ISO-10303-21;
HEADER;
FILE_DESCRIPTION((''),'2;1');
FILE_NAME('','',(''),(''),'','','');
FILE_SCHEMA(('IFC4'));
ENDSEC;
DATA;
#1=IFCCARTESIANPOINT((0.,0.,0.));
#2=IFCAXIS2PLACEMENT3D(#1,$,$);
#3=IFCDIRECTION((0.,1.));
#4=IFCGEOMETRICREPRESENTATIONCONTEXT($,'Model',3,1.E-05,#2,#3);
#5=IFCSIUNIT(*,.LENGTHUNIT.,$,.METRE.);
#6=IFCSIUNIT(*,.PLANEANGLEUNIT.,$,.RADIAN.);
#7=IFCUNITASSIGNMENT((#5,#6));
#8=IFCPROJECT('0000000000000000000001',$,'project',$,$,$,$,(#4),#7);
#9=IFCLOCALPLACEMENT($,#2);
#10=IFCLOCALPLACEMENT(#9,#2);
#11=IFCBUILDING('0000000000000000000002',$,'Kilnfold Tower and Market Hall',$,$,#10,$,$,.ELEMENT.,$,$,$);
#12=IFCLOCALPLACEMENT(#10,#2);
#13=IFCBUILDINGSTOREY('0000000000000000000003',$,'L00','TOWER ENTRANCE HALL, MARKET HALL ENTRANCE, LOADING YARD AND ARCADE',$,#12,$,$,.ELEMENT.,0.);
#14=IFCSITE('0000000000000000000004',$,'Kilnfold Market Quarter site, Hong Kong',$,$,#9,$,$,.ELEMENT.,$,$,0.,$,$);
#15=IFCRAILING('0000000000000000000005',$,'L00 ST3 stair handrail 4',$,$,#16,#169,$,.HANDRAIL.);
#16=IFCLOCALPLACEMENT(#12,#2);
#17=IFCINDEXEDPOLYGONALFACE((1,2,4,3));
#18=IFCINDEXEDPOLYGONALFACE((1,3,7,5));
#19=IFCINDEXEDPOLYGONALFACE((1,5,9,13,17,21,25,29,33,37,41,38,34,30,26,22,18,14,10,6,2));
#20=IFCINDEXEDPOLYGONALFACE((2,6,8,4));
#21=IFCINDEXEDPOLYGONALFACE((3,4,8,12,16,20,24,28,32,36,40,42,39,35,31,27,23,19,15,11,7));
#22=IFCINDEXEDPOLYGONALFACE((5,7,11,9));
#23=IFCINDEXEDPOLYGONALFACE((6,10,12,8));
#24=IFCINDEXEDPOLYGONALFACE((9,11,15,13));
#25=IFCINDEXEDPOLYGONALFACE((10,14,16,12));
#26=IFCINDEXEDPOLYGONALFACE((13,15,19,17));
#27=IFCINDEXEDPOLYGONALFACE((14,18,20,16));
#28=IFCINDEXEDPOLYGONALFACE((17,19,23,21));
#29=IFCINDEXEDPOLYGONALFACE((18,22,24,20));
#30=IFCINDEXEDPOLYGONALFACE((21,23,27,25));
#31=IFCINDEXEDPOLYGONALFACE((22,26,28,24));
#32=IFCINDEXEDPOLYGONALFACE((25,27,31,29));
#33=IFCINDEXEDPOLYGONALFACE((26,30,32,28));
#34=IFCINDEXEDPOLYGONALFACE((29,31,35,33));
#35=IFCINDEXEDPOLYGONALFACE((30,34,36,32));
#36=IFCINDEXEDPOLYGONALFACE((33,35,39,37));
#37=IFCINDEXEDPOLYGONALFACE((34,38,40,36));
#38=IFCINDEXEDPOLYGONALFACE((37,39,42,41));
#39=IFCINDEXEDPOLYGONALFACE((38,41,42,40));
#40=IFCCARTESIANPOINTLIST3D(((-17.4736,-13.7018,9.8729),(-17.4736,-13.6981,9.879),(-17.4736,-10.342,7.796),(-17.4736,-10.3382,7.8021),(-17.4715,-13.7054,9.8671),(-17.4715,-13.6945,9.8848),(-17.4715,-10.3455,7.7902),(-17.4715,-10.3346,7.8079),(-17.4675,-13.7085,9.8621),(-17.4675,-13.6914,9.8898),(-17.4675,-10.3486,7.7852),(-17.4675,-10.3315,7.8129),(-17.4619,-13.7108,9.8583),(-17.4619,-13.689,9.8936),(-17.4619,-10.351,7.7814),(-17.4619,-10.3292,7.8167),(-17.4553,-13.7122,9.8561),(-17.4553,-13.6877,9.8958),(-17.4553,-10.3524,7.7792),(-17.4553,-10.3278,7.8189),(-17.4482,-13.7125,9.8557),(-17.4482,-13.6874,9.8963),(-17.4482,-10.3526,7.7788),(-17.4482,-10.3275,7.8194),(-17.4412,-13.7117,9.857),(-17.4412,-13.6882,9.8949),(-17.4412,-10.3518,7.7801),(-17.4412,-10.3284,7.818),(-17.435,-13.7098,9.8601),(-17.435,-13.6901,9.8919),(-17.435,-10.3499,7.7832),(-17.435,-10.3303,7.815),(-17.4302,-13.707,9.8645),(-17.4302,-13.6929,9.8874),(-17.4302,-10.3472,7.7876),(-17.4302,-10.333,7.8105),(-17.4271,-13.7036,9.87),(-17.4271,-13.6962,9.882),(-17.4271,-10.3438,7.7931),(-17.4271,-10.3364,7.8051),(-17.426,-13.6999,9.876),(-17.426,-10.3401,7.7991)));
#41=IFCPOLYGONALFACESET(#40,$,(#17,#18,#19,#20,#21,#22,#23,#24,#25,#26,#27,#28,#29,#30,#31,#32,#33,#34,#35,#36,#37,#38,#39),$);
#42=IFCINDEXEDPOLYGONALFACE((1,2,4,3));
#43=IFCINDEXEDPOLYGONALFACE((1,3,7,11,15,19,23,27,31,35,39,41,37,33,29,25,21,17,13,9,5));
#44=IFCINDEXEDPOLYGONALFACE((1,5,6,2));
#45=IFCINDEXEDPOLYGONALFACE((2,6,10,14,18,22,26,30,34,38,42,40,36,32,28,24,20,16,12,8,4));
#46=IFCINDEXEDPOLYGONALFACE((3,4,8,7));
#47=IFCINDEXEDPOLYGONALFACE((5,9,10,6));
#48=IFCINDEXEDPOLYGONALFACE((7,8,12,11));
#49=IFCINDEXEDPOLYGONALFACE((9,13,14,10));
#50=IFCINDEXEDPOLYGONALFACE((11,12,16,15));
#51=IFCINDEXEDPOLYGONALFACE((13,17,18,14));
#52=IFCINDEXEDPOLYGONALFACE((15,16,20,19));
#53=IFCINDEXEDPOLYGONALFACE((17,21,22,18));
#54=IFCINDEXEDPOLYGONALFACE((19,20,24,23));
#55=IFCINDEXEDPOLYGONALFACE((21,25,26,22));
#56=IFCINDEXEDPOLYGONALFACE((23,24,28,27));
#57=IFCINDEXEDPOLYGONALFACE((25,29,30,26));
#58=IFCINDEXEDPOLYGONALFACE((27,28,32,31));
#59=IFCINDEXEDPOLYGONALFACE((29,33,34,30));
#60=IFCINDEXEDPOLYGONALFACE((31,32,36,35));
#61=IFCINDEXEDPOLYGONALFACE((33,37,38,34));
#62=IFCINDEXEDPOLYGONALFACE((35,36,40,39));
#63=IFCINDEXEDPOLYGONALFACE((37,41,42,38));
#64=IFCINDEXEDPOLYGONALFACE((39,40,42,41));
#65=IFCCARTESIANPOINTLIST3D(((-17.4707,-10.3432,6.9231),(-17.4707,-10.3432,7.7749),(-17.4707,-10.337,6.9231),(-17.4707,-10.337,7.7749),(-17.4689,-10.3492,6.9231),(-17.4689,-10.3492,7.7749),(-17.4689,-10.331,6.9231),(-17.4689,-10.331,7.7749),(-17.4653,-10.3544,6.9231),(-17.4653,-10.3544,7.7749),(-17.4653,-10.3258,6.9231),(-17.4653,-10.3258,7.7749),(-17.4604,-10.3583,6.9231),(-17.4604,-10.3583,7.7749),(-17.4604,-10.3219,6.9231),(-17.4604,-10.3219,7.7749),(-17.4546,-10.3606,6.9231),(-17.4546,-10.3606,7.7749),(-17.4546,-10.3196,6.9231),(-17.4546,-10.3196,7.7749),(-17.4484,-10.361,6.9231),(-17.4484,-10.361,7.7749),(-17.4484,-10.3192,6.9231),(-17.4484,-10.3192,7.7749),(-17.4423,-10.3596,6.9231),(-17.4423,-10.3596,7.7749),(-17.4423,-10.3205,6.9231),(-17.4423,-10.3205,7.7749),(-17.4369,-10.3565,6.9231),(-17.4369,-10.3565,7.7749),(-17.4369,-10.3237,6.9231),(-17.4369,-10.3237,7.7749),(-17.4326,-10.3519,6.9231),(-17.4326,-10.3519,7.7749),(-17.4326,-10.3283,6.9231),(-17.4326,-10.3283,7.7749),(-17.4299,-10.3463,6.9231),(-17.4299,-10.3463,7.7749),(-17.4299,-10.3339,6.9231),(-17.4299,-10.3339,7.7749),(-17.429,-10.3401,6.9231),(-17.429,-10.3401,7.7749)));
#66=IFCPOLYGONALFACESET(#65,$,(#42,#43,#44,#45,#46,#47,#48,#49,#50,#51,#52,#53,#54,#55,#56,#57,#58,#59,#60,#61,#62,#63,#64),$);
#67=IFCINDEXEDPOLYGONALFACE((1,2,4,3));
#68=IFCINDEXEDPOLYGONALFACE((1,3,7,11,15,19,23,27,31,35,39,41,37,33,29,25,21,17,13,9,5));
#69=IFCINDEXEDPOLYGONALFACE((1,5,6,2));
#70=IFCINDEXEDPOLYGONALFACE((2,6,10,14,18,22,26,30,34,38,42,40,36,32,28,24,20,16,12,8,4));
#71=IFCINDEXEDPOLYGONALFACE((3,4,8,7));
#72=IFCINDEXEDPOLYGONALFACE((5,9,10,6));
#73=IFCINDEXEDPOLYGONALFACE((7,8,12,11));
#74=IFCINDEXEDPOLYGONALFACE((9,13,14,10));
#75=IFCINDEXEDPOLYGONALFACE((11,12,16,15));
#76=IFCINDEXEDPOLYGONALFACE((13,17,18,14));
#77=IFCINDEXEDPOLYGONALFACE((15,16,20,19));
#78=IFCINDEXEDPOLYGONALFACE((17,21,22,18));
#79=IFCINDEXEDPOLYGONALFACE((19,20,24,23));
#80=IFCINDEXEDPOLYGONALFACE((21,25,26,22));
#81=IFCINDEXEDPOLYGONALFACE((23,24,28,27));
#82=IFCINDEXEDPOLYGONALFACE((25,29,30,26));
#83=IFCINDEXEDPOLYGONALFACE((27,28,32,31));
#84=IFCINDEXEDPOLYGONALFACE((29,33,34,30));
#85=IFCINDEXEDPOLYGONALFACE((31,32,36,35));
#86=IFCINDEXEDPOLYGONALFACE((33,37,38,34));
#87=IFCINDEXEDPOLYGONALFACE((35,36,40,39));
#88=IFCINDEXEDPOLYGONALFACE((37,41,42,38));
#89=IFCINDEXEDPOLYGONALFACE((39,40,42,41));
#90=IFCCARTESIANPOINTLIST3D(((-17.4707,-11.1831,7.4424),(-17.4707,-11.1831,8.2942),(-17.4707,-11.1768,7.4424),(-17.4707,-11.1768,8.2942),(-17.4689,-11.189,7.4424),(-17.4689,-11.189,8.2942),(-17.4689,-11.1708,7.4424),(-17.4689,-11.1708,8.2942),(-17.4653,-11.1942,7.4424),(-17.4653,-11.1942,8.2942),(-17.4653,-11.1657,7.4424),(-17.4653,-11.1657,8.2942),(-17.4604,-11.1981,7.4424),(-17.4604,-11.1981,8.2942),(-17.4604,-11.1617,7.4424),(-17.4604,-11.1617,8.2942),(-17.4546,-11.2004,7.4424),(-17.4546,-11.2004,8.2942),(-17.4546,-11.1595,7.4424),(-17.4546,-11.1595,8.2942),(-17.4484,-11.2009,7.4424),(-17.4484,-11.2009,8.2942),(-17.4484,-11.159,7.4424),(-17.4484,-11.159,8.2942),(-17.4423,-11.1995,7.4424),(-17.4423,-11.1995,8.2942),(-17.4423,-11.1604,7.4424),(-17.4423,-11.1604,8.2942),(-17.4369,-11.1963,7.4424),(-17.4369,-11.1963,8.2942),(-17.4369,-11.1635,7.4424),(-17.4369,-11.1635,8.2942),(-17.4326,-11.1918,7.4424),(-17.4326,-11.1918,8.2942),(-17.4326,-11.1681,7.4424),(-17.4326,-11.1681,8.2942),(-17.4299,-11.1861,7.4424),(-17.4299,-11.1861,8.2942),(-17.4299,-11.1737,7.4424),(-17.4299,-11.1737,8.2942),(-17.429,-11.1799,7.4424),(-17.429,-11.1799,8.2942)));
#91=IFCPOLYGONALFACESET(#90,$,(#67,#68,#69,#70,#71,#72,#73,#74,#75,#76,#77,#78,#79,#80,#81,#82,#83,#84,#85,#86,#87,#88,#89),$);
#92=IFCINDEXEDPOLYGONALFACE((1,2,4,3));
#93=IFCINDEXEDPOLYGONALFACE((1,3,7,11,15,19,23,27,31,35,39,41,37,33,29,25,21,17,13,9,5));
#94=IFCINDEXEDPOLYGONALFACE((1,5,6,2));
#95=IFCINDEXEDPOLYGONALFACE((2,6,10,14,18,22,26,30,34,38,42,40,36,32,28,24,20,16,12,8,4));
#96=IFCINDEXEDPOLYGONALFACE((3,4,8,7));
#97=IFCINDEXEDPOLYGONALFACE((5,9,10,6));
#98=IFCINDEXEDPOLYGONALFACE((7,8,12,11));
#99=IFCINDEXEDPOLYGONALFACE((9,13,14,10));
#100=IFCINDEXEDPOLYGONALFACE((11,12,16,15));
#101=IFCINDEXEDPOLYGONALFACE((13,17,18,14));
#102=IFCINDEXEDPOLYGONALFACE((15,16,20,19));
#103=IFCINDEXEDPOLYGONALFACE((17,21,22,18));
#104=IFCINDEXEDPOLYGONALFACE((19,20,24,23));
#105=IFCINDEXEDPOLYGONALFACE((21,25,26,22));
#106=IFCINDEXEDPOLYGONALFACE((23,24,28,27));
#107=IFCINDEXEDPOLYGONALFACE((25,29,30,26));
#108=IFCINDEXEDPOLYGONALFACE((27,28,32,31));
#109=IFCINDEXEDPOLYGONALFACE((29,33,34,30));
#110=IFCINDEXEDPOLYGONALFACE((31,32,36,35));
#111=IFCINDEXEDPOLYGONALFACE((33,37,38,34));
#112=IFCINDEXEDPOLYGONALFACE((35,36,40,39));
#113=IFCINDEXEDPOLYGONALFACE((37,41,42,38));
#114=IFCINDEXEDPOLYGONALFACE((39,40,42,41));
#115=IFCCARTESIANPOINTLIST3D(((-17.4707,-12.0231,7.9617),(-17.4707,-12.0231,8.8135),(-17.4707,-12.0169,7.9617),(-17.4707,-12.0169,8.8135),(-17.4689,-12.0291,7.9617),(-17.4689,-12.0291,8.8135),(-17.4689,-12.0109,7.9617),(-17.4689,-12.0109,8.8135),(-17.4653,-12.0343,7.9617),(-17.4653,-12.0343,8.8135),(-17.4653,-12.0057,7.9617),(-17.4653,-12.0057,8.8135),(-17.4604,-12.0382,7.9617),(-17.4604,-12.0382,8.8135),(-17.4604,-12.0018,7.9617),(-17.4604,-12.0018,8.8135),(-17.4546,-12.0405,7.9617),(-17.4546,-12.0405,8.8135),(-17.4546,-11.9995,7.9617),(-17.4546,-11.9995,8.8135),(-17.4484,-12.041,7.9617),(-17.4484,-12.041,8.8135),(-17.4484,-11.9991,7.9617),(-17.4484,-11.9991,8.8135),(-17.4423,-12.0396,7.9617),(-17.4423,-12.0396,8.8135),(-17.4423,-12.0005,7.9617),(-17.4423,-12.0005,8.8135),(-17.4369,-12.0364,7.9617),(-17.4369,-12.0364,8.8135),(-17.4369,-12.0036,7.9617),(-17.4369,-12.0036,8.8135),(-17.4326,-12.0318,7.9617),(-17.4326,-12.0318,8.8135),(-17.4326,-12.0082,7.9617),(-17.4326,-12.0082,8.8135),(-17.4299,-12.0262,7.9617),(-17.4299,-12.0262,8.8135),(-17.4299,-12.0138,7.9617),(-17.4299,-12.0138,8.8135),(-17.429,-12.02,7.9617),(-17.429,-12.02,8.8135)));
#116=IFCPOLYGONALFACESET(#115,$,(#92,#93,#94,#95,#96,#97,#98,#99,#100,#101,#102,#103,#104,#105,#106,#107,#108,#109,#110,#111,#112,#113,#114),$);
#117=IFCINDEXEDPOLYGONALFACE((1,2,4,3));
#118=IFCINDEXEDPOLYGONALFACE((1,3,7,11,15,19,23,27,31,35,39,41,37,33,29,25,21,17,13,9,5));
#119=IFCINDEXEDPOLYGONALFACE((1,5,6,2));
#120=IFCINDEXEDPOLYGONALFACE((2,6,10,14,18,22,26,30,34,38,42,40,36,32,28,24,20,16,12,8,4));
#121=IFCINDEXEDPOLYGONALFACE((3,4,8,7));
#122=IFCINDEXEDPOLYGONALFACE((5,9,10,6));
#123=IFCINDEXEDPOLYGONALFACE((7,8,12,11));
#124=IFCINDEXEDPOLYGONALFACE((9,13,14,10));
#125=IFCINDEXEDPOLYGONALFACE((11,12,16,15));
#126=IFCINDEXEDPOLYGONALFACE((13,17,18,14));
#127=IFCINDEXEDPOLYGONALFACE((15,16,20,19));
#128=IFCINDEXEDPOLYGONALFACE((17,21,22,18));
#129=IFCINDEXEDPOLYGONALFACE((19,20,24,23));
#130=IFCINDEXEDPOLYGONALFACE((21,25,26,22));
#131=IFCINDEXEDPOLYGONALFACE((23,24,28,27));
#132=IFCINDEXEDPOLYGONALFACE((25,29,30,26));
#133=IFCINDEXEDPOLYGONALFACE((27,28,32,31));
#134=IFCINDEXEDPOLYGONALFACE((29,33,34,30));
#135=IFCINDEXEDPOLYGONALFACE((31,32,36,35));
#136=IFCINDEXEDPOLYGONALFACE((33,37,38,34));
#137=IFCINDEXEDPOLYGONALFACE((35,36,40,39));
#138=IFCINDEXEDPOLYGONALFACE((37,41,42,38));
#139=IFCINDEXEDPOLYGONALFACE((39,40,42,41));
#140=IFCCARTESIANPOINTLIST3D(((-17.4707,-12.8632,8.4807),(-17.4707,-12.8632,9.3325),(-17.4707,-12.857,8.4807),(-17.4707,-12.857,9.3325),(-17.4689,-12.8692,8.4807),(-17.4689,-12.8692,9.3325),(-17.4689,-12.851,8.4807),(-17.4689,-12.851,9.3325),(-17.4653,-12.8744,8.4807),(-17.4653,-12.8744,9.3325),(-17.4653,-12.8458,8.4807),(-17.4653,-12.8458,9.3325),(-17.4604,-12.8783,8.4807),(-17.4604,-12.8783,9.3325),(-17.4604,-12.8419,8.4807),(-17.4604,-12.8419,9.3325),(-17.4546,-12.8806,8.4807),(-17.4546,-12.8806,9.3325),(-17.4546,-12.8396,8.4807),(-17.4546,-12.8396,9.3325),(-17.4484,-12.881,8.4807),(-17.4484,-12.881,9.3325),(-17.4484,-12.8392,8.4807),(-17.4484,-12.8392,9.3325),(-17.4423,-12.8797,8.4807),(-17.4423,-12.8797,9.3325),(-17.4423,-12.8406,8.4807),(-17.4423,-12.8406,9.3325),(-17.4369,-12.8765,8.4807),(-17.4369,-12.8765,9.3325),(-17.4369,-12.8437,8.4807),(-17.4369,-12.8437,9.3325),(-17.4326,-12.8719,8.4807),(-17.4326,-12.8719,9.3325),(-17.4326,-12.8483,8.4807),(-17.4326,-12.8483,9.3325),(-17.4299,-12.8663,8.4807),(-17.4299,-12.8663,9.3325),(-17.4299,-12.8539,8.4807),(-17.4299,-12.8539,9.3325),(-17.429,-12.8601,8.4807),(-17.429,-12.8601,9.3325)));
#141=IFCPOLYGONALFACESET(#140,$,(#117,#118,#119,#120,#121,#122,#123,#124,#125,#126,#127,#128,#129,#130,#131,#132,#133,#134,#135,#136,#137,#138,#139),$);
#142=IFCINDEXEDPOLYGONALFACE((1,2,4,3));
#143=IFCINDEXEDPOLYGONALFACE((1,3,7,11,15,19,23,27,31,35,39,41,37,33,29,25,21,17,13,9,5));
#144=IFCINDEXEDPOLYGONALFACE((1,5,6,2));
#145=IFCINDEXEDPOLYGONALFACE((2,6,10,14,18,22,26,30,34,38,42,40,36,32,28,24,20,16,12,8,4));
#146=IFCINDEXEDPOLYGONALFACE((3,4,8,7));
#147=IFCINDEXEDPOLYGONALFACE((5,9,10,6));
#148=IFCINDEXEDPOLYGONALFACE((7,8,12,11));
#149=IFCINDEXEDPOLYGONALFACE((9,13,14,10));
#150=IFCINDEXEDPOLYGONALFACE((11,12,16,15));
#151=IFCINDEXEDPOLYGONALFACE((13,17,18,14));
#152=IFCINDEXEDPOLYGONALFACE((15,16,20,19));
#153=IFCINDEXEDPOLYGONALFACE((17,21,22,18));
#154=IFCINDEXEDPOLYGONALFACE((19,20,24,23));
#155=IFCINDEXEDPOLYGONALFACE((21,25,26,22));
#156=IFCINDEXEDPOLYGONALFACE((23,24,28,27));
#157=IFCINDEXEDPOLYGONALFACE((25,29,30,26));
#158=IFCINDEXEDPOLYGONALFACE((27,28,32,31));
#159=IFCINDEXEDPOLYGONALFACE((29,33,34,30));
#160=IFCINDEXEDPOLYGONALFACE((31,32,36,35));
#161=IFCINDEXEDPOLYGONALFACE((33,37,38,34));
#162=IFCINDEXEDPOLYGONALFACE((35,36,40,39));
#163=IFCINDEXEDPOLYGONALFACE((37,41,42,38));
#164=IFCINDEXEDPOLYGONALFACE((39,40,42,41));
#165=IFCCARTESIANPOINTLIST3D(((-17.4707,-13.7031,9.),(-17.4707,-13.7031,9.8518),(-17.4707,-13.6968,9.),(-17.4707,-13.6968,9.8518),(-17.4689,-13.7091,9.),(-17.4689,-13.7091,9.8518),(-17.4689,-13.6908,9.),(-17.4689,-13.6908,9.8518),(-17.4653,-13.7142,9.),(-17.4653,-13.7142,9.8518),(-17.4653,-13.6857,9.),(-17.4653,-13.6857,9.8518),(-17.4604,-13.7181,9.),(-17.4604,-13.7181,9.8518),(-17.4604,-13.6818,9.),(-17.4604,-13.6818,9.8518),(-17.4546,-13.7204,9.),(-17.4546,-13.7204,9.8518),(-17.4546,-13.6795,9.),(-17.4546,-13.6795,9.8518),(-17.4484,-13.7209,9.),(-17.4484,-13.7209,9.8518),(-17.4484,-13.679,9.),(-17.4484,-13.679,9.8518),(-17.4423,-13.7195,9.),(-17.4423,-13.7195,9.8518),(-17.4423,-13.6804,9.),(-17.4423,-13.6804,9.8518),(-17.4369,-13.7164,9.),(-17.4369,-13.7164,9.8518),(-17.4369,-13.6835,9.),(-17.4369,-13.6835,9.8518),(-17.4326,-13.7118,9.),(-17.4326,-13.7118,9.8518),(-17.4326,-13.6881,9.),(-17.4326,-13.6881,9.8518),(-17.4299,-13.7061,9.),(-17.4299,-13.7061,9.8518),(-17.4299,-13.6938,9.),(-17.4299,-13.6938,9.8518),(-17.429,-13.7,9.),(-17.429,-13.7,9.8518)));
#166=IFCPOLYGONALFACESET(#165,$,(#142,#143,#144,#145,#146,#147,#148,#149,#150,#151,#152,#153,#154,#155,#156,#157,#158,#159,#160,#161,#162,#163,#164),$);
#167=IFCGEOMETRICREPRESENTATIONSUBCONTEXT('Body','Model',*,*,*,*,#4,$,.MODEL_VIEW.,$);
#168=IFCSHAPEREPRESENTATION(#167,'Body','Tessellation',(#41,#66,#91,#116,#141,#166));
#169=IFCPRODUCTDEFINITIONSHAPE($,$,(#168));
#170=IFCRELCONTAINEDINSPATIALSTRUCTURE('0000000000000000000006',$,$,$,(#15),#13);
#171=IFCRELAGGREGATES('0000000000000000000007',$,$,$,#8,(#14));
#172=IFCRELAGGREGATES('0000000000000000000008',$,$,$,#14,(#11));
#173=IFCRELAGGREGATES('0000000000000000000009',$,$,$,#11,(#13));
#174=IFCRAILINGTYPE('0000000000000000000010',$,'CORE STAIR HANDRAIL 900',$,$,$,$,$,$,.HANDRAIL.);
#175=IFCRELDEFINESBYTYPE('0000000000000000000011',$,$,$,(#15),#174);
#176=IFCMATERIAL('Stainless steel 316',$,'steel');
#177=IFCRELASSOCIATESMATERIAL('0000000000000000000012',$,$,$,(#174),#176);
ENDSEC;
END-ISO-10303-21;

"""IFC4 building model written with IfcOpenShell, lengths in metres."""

from ifc_helpers import new_model, si_unit, direction, frame, origin, origin_2d, place, context, subcontext, project, spatial, circle, extrude, material, type_object, element, save


model = new_model("IFC4")

# Units and contexts
model_context = context("Model", 3, precision=1e-05, world=origin(), true_north=direction((0.0, 1.0)))
body_context = subcontext(model_context, "Body", "Model", "MODEL_VIEW")
ifc_project = project(units=[si_unit("LENGTHUNIT", "METRE"), si_unit("PLANEANGLEUNIT", "RADIAN")], contexts=[model_context])

# Site, building, storey
site_placement = place(None, origin())
site = spatial("IfcSite", under=ifc_project, at=site_placement, Name="Kilnfold Market Quarter site, Hong Kong", CompositionType="ELEMENT", RefElevation=0.0)
building_placement = place(site_placement, origin())
building = spatial("IfcBuilding", under=site, at=building_placement, Name="Kilnfold Tower and Market Hall", CompositionType="ELEMENT")
storey_placement = place(building_placement, origin())
storey = spatial("IfcBuildingStorey", under=building, at=storey_placement, Name="L00", Description="TOWER ENTRANCE HALL, MARKET HALL ENTRANCE, LOADING YARD AND ARCADE", CompositionType="ELEMENT", Elevation=0.0)

# Railing
ifc_material_1 = material(Name="Stainless steel 316", Category="steel")
railing_type_1 = type_object("IfcRailingType", Name="CORE STAIR HANDRAIL 900", PredefinedType="HANDRAIL", material=ifc_material_1)
for number, where, name in (
    (1, (-17.45, -10.3401, 6.9231), "L00 ST3 stair handrail 4"),
):
    element("IfcRailing", number, at=place(storey_placement, frame(where)), inside=storey, type_object=railing_type_1, Name=name, PredefinedType="HANDRAIL", context=body_context, shape_type="SweptSolid", body=[
        extrude(circle(Radius=0.0239, at=origin_2d()), frame((0.0, 0.0, 0.876), z_axis=(0.0, -0.850606, 0.525803), x_axis=(1.0, 0.0, 0.0)), (0.0, 0.0, 1.0), 3.95),
        extrude(circle(Radius=0.021, at=origin_2d()), origin(), (0.0, 0.0, 1.0), 0.8518),
        extrude(circle(Radius=0.021, at=origin_2d()), frame((0.0, -0.8398, 0.5193)), (0.0, 0.0, 1.0), 0.8518),
        extrude(circle(Radius=0.021, at=origin_2d()), frame((0.0, -1.6799, 1.0386)), (0.0, 0.0, 1.0), 0.8518),
        extrude(circle(Radius=0.021, at=origin_2d()), frame((0.0, -2.52, 1.5576)), (0.0, 0.0, 1.0), 0.8518),
        extrude(circle(Radius=0.021, at=origin_2d()), frame((0.0, -3.3599, 2.0769)), (0.0, 0.0, 1.0), 0.8518),
    ])

save(model, "model.ifc")
